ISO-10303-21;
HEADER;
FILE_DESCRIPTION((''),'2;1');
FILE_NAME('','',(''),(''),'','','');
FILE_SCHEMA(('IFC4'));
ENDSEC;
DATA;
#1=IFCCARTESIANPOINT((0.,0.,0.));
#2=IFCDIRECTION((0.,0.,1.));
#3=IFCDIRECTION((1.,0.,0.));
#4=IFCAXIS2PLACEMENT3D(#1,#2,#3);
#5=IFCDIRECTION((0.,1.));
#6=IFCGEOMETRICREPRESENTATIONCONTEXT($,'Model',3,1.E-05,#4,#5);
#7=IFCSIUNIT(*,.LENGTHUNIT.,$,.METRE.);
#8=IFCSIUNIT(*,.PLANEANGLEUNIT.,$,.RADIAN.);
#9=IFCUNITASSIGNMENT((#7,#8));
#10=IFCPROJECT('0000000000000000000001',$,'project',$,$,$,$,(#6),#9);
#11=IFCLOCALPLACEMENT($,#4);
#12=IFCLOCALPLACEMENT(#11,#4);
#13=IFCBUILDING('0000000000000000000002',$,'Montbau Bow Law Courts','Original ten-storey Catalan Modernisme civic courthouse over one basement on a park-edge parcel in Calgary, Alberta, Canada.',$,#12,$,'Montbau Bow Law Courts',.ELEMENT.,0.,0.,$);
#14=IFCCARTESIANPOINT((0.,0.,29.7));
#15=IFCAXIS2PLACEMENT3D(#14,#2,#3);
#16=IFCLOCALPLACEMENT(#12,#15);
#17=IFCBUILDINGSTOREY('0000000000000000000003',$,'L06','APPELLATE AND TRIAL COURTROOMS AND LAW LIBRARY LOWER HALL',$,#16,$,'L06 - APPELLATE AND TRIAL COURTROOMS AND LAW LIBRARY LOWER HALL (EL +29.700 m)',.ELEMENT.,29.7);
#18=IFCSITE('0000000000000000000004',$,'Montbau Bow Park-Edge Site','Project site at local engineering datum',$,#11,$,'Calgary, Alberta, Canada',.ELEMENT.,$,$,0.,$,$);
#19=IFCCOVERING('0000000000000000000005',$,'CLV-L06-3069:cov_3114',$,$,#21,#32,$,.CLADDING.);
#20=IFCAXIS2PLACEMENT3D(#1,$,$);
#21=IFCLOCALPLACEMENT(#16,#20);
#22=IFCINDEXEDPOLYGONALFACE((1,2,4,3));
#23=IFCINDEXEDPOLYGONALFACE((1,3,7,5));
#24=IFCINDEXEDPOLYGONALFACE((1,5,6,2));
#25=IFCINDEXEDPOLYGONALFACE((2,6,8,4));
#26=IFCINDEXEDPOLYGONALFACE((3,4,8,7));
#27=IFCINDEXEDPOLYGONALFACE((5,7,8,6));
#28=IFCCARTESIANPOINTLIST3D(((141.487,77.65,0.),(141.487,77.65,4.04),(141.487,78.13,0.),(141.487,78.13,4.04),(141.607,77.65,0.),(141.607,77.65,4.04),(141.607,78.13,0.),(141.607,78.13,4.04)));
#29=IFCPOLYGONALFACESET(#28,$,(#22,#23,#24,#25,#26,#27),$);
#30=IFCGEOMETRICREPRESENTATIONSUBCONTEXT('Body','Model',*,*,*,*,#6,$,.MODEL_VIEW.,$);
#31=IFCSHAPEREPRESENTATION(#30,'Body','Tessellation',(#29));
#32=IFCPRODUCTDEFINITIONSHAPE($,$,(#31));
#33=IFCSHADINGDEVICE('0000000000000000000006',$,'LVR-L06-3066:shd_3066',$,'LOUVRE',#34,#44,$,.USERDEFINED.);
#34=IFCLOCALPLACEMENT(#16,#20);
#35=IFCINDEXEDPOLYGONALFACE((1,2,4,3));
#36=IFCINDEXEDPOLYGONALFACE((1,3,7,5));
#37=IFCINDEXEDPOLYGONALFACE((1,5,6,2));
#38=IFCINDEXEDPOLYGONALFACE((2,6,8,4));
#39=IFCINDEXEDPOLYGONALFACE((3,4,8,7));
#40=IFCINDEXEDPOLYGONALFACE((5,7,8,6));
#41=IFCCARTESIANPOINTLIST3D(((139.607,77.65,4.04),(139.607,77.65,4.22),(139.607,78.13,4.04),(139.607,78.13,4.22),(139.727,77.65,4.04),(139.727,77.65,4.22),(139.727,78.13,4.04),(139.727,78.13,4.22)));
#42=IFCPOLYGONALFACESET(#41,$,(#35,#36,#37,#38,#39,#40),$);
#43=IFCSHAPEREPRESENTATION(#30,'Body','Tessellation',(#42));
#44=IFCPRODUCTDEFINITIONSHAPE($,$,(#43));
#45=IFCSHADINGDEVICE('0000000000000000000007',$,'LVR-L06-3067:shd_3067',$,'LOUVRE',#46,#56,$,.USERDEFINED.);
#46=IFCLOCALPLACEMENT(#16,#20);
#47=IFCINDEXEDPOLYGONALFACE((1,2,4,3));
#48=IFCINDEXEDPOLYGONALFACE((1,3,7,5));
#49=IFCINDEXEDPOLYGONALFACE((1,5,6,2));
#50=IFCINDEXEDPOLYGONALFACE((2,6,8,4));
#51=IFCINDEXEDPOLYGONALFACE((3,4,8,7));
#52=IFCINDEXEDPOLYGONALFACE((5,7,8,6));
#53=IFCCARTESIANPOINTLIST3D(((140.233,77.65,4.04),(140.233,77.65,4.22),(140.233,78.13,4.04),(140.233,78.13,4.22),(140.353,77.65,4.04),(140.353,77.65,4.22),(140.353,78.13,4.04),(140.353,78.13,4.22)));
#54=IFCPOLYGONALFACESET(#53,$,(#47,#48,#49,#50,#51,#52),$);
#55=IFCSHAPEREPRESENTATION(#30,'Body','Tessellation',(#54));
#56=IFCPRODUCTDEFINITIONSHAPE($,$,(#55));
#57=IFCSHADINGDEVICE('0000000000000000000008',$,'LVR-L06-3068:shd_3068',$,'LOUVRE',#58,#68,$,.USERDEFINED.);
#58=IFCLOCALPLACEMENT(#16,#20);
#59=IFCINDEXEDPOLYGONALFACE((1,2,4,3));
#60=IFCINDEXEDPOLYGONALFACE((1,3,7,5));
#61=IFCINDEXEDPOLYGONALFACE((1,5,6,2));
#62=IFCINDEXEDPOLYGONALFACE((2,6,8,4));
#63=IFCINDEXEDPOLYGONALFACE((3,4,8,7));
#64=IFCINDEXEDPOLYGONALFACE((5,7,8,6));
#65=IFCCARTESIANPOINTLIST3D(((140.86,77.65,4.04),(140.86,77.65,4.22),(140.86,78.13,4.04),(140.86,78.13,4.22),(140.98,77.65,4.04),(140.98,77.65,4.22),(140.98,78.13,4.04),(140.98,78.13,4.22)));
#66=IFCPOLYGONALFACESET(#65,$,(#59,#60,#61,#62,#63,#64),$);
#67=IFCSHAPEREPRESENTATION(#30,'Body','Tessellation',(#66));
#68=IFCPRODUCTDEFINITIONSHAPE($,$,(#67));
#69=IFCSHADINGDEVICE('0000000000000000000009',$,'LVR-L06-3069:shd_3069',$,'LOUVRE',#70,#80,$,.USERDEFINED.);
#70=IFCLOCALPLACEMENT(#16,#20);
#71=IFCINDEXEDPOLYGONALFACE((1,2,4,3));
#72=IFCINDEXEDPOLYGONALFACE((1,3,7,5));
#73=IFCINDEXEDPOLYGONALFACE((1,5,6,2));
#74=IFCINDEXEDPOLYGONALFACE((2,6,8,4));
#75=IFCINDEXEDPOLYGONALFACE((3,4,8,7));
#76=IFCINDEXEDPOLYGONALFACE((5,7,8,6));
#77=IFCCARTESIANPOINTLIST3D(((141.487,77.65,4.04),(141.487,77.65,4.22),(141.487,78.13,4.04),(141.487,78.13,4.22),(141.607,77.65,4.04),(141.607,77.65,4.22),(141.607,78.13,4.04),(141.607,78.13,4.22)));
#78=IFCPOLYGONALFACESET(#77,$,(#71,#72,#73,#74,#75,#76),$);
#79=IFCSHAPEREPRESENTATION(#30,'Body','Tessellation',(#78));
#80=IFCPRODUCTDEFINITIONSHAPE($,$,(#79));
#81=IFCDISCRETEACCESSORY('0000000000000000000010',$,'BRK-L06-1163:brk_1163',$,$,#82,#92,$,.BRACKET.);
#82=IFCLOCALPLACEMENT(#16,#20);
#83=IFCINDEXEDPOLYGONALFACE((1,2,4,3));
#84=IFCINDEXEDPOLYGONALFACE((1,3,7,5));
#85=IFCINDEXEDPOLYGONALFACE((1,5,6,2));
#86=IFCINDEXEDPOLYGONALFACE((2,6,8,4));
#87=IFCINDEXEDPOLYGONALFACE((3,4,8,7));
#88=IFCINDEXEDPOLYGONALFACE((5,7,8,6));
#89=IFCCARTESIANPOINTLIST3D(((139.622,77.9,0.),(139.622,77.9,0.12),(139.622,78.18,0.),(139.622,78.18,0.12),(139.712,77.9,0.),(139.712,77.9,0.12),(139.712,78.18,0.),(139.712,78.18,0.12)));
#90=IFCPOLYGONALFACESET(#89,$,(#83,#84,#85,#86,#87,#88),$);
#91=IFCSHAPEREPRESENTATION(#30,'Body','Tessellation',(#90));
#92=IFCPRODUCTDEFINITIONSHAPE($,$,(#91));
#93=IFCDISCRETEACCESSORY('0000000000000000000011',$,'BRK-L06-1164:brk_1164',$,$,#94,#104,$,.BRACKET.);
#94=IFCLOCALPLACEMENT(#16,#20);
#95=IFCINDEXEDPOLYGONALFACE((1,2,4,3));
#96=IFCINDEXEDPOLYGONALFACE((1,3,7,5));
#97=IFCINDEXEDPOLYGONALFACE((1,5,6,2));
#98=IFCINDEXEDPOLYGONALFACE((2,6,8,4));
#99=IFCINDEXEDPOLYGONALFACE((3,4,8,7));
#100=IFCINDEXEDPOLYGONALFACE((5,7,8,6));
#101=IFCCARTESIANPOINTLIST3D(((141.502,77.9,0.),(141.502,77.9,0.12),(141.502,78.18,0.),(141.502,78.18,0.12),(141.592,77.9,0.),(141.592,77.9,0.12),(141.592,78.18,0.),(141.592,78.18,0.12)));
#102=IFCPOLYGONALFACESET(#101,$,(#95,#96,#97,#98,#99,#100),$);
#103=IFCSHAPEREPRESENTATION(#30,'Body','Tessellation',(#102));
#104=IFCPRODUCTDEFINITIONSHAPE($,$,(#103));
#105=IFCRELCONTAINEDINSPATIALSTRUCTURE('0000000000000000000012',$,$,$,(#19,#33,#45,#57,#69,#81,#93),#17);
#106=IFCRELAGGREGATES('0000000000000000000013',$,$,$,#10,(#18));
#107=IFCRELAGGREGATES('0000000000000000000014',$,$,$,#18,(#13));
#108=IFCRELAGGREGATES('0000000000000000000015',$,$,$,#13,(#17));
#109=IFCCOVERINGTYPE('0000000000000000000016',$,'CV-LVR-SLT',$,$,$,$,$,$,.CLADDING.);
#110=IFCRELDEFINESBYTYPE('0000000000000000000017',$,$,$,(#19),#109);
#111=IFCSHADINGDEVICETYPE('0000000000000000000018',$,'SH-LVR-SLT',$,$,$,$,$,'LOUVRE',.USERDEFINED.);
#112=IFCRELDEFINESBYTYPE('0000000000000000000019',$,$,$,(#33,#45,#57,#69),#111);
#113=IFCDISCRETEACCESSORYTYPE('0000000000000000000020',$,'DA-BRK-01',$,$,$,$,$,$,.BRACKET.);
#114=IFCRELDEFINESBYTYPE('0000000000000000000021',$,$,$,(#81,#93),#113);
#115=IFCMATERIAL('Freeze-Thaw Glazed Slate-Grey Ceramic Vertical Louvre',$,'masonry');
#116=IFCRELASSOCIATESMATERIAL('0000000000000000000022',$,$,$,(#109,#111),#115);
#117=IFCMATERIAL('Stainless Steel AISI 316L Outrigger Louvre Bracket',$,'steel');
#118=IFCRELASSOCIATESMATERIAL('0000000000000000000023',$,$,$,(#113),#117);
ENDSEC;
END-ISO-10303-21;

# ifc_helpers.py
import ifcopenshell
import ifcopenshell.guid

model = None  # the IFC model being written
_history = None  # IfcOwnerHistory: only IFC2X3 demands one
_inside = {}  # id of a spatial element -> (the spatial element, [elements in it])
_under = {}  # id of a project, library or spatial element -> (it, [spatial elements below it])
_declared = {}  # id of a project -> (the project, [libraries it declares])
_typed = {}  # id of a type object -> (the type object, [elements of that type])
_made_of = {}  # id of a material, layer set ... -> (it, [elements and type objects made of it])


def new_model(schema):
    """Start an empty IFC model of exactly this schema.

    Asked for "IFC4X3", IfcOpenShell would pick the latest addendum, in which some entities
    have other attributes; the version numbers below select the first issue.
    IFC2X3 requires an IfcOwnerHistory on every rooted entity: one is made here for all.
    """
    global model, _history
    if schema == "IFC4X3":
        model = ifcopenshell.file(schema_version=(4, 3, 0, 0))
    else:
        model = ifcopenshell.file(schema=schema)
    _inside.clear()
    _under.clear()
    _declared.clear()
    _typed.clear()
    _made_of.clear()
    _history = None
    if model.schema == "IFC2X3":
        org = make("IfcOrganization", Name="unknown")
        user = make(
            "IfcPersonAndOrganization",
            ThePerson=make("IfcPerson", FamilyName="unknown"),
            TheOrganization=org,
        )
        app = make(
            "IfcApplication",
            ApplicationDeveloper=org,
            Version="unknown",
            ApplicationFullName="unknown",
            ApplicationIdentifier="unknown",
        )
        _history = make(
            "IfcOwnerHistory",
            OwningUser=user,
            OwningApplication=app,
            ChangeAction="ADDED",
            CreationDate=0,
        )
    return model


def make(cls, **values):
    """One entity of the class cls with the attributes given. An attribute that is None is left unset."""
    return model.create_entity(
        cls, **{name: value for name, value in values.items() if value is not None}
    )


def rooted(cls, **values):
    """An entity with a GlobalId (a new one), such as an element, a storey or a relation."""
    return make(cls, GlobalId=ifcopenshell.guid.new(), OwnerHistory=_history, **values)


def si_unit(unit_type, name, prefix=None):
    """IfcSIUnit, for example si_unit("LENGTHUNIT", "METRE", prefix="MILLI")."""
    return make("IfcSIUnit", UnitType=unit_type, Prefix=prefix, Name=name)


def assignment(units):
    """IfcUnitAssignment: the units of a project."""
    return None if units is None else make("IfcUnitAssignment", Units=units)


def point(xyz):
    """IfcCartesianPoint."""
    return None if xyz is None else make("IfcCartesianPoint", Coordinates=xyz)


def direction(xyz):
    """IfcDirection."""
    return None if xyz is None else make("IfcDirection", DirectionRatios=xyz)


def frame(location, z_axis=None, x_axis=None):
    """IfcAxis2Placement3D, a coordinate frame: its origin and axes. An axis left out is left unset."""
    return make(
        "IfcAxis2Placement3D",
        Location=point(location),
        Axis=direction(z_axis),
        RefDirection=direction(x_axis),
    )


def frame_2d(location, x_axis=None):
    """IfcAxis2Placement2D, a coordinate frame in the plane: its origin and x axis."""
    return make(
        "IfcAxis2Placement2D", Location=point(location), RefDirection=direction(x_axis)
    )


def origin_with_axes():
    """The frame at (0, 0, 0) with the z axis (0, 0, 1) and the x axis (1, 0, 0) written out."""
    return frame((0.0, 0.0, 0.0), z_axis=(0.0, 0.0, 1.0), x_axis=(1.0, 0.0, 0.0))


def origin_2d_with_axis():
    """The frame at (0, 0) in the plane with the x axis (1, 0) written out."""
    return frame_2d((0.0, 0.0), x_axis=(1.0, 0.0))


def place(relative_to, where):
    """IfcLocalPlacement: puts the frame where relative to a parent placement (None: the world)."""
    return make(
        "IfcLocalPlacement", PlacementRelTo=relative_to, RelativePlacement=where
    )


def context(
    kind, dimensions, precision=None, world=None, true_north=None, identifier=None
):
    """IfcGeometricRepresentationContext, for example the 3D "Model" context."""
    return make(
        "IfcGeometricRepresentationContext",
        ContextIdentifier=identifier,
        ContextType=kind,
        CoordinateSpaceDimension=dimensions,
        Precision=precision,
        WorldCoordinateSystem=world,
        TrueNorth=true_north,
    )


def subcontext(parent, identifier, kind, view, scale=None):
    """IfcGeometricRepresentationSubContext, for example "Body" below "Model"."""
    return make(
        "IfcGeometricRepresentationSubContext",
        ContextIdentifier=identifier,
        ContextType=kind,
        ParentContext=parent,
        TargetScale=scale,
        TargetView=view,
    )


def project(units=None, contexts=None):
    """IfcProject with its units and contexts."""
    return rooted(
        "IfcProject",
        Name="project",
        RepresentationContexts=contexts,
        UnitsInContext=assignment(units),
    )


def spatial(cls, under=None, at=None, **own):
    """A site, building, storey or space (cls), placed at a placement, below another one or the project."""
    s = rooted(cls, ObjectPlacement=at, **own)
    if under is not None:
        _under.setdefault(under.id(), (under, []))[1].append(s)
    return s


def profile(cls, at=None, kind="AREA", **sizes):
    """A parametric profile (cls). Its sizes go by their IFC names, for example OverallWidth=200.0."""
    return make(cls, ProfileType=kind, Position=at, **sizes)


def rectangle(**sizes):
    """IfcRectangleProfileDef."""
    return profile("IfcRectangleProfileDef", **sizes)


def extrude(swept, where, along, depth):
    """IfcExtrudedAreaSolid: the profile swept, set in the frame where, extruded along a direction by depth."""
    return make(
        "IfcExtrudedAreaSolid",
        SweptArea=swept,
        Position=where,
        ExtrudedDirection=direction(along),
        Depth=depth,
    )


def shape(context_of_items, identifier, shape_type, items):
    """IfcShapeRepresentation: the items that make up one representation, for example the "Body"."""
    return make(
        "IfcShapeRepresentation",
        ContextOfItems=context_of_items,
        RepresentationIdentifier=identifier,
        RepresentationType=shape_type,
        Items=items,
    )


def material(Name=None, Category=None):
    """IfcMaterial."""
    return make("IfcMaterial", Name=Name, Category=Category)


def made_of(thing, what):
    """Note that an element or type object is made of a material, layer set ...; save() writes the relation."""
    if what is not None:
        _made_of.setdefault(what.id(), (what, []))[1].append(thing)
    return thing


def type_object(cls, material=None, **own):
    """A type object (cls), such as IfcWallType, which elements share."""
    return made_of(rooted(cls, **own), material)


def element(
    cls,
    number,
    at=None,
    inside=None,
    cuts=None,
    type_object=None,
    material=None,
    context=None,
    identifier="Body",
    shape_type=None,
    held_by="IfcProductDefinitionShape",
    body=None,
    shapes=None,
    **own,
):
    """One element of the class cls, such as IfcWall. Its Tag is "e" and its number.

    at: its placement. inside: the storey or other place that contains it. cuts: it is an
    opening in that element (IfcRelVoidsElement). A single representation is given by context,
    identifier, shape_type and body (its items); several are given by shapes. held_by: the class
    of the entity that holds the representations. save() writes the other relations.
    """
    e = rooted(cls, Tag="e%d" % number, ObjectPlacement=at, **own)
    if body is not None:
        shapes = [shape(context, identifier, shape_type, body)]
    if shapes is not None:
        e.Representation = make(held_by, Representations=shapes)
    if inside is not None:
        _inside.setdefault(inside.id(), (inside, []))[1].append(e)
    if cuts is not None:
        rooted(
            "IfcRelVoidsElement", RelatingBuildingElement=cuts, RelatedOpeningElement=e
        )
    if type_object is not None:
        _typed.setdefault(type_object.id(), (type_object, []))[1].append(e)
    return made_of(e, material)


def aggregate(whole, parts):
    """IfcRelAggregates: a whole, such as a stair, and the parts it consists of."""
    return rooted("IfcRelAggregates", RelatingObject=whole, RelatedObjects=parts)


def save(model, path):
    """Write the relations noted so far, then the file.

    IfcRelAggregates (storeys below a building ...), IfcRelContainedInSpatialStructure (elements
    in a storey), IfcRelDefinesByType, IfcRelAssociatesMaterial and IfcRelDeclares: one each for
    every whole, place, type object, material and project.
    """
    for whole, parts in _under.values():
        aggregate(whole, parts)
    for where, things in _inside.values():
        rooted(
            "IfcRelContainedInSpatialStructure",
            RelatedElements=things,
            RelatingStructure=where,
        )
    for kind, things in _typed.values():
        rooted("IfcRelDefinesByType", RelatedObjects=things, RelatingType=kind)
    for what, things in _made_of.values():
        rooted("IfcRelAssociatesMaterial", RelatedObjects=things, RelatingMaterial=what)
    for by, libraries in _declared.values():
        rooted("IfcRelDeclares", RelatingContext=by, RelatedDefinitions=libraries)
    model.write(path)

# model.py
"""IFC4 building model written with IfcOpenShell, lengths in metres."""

from ifc_helpers import new_model, si_unit, direction, frame, frame_2d, origin_with_axes, origin_2d_with_axis, place, context, subcontext, project, spatial, rectangle, extrude, material, type_object, element, save


model = new_model("IFC4")

# Units and contexts
model_context = context("Model", 3, precision=1e-05, world=origin_with_axes(), true_north=direction((0.0, 1.0)))
body_context = subcontext(model_context, "Body", "Model", "MODEL_VIEW")
ifc_project = project(units=[si_unit("LENGTHUNIT", "METRE"), si_unit("PLANEANGLEUNIT", "RADIAN")], contexts=[model_context])

# Site, building, storey
site_placement = place(None, origin_with_axes())
site = spatial("IfcSite", under=ifc_project, at=site_placement, Name="Montbau Bow Park-Edge Site", Description="Project site at local engineering datum", LongName="Calgary, Alberta, Canada", CompositionType="ELEMENT", RefElevation=0.0)
building_placement = place(site_placement, origin_with_axes())
building = spatial("IfcBuilding", under=site, at=building_placement, Name="Montbau Bow Law Courts", Description="Original ten-storey Catalan Modernisme civic courthouse over one basement on a park-edge parcel in Calgary, Alberta, Canada.", LongName="Montbau Bow Law Courts", CompositionType="ELEMENT", ElevationOfRefHeight=0.0, ElevationOfTerrain=0.0)
storey_placement = place(building_placement, frame((0.0, 0.0, 29.7), z_axis=(0.0, 0.0, 1.0), x_axis=(1.0, 0.0, 0.0)))
storey = spatial("IfcBuildingStorey", under=building, at=storey_placement, Name="L06", Description="APPELLATE AND TRIAL COURTROOMS AND LAW LIBRARY LOWER HALL", LongName="L06 - APPELLATE AND TRIAL COURTROOMS AND LAW LIBRARY LOWER HALL (EL +29.700 m)", CompositionType="ELEMENT", Elevation=29.7)

# Covering
ifc_material_1 = material(Name="Freeze-Thaw Glazed Slate-Grey Ceramic Vertical Louvre", Category="masonry")
covering_type = type_object("IfcCoveringType", Name="CV-LVR-SLT", PredefinedType="CLADDING", material=ifc_material_1)
for number, where, z_axis, x_axis, name in (
    (1, (141.547, 78.13, 29.7), (-1.0, 0.0, 0.0), (0.0, -1.0, 0.0), "CLV-L06-3069:cov_3114"),
):
    element("IfcCovering", number, at=place(None, frame(where, z_axis=z_axis, x_axis=x_axis)), inside=storey, type_object=covering_type, Name=name, PredefinedType="CLADDING", context=body_context, shape_type="SweptSolid", body=[
        extrude(rectangle(XDim=0.48, YDim=4.04, at=frame_2d((0.24, 2.02), x_axis=(1.0, 0.0))), frame((0.0, 0.0, -0.06), z_axis=(0.0, 0.0, 1.0), x_axis=(1.0, 0.0, 0.0)), (0.0, 0.0, 1.0), 0.12),
    ])

# Shading devices
shading_device_type = type_object("IfcShadingDeviceType", Name="SH-LVR-SLT", ElementType="LOUVRE", PredefinedType="USERDEFINED", material=ifc_material_1)
for number, where, z_axis, x_axis, name in (
    (2, (139.667, 77.89, 33.74), (0.0, 0.0, 1.0), (0.0, -1.0, 0.0), "LVR-L06-3066:shd_3066"),
    (3, (140.293, 77.89, 33.74), (0.0, 0.0, 1.0), (0.0, -1.0, 0.0), "LVR-L06-3067:shd_3067"),
    (4, (140.92, 77.89, 33.74), (0.0, 0.0, 1.0), (0.0, -1.0, 0.0), "LVR-L06-3068:shd_3068"),
    (5, (141.547, 77.89, 33.74), (0.0, 0.0, 1.0), (0.0, -1.0, 0.0), "LVR-L06-3069:shd_3069"),
):
    element("IfcShadingDevice", number, at=place(None, frame(where, z_axis=z_axis, x_axis=x_axis)), inside=storey, type_object=shading_device_type, Name=name, ObjectType="LOUVRE", PredefinedType="USERDEFINED", context=body_context, shape_type="SweptSolid", body=[
        extrude(rectangle(XDim=0.48, YDim=0.12, at=origin_2d_with_axis()), origin_with_axes(), (0.0, 0.0, 1.0), 0.18),
    ])

# Discrete accessories
ifc_material_2 = material(Name="Stainless Steel AISI 316L Outrigger Louvre Bracket", Category="steel")
discrete_accessory_type = type_object("IfcDiscreteAccessoryType", Name="DA-BRK-01", PredefinedType="BRACKET", material=ifc_material_2)
for number, where, z_axis, x_axis, name in (
    (6, (139.667, 78.04, 29.7), (0.0, 0.0, 1.0), (0.0, -1.0, 0.0), "BRK-L06-1163:brk_1163"),
    (7, (141.547, 78.04, 29.7), (0.0, 0.0, 1.0), (0.0, -1.0, 0.0), "BRK-L06-1164:brk_1164"),
):
    element("IfcDiscreteAccessory", number, at=place(None, frame(where, z_axis=z_axis, x_axis=x_axis)), inside=storey, type_object=discrete_accessory_type, Name=name, PredefinedType="BRACKET", context=body_context, shape_type="SweptSolid", body=[
        extrude(rectangle(XDim=0.28, YDim=0.09, at=origin_2d_with_axis()), origin_with_axes(), (0.0, 0.0, 1.0), 0.12),
    ])

save(model, "model.ifc")
